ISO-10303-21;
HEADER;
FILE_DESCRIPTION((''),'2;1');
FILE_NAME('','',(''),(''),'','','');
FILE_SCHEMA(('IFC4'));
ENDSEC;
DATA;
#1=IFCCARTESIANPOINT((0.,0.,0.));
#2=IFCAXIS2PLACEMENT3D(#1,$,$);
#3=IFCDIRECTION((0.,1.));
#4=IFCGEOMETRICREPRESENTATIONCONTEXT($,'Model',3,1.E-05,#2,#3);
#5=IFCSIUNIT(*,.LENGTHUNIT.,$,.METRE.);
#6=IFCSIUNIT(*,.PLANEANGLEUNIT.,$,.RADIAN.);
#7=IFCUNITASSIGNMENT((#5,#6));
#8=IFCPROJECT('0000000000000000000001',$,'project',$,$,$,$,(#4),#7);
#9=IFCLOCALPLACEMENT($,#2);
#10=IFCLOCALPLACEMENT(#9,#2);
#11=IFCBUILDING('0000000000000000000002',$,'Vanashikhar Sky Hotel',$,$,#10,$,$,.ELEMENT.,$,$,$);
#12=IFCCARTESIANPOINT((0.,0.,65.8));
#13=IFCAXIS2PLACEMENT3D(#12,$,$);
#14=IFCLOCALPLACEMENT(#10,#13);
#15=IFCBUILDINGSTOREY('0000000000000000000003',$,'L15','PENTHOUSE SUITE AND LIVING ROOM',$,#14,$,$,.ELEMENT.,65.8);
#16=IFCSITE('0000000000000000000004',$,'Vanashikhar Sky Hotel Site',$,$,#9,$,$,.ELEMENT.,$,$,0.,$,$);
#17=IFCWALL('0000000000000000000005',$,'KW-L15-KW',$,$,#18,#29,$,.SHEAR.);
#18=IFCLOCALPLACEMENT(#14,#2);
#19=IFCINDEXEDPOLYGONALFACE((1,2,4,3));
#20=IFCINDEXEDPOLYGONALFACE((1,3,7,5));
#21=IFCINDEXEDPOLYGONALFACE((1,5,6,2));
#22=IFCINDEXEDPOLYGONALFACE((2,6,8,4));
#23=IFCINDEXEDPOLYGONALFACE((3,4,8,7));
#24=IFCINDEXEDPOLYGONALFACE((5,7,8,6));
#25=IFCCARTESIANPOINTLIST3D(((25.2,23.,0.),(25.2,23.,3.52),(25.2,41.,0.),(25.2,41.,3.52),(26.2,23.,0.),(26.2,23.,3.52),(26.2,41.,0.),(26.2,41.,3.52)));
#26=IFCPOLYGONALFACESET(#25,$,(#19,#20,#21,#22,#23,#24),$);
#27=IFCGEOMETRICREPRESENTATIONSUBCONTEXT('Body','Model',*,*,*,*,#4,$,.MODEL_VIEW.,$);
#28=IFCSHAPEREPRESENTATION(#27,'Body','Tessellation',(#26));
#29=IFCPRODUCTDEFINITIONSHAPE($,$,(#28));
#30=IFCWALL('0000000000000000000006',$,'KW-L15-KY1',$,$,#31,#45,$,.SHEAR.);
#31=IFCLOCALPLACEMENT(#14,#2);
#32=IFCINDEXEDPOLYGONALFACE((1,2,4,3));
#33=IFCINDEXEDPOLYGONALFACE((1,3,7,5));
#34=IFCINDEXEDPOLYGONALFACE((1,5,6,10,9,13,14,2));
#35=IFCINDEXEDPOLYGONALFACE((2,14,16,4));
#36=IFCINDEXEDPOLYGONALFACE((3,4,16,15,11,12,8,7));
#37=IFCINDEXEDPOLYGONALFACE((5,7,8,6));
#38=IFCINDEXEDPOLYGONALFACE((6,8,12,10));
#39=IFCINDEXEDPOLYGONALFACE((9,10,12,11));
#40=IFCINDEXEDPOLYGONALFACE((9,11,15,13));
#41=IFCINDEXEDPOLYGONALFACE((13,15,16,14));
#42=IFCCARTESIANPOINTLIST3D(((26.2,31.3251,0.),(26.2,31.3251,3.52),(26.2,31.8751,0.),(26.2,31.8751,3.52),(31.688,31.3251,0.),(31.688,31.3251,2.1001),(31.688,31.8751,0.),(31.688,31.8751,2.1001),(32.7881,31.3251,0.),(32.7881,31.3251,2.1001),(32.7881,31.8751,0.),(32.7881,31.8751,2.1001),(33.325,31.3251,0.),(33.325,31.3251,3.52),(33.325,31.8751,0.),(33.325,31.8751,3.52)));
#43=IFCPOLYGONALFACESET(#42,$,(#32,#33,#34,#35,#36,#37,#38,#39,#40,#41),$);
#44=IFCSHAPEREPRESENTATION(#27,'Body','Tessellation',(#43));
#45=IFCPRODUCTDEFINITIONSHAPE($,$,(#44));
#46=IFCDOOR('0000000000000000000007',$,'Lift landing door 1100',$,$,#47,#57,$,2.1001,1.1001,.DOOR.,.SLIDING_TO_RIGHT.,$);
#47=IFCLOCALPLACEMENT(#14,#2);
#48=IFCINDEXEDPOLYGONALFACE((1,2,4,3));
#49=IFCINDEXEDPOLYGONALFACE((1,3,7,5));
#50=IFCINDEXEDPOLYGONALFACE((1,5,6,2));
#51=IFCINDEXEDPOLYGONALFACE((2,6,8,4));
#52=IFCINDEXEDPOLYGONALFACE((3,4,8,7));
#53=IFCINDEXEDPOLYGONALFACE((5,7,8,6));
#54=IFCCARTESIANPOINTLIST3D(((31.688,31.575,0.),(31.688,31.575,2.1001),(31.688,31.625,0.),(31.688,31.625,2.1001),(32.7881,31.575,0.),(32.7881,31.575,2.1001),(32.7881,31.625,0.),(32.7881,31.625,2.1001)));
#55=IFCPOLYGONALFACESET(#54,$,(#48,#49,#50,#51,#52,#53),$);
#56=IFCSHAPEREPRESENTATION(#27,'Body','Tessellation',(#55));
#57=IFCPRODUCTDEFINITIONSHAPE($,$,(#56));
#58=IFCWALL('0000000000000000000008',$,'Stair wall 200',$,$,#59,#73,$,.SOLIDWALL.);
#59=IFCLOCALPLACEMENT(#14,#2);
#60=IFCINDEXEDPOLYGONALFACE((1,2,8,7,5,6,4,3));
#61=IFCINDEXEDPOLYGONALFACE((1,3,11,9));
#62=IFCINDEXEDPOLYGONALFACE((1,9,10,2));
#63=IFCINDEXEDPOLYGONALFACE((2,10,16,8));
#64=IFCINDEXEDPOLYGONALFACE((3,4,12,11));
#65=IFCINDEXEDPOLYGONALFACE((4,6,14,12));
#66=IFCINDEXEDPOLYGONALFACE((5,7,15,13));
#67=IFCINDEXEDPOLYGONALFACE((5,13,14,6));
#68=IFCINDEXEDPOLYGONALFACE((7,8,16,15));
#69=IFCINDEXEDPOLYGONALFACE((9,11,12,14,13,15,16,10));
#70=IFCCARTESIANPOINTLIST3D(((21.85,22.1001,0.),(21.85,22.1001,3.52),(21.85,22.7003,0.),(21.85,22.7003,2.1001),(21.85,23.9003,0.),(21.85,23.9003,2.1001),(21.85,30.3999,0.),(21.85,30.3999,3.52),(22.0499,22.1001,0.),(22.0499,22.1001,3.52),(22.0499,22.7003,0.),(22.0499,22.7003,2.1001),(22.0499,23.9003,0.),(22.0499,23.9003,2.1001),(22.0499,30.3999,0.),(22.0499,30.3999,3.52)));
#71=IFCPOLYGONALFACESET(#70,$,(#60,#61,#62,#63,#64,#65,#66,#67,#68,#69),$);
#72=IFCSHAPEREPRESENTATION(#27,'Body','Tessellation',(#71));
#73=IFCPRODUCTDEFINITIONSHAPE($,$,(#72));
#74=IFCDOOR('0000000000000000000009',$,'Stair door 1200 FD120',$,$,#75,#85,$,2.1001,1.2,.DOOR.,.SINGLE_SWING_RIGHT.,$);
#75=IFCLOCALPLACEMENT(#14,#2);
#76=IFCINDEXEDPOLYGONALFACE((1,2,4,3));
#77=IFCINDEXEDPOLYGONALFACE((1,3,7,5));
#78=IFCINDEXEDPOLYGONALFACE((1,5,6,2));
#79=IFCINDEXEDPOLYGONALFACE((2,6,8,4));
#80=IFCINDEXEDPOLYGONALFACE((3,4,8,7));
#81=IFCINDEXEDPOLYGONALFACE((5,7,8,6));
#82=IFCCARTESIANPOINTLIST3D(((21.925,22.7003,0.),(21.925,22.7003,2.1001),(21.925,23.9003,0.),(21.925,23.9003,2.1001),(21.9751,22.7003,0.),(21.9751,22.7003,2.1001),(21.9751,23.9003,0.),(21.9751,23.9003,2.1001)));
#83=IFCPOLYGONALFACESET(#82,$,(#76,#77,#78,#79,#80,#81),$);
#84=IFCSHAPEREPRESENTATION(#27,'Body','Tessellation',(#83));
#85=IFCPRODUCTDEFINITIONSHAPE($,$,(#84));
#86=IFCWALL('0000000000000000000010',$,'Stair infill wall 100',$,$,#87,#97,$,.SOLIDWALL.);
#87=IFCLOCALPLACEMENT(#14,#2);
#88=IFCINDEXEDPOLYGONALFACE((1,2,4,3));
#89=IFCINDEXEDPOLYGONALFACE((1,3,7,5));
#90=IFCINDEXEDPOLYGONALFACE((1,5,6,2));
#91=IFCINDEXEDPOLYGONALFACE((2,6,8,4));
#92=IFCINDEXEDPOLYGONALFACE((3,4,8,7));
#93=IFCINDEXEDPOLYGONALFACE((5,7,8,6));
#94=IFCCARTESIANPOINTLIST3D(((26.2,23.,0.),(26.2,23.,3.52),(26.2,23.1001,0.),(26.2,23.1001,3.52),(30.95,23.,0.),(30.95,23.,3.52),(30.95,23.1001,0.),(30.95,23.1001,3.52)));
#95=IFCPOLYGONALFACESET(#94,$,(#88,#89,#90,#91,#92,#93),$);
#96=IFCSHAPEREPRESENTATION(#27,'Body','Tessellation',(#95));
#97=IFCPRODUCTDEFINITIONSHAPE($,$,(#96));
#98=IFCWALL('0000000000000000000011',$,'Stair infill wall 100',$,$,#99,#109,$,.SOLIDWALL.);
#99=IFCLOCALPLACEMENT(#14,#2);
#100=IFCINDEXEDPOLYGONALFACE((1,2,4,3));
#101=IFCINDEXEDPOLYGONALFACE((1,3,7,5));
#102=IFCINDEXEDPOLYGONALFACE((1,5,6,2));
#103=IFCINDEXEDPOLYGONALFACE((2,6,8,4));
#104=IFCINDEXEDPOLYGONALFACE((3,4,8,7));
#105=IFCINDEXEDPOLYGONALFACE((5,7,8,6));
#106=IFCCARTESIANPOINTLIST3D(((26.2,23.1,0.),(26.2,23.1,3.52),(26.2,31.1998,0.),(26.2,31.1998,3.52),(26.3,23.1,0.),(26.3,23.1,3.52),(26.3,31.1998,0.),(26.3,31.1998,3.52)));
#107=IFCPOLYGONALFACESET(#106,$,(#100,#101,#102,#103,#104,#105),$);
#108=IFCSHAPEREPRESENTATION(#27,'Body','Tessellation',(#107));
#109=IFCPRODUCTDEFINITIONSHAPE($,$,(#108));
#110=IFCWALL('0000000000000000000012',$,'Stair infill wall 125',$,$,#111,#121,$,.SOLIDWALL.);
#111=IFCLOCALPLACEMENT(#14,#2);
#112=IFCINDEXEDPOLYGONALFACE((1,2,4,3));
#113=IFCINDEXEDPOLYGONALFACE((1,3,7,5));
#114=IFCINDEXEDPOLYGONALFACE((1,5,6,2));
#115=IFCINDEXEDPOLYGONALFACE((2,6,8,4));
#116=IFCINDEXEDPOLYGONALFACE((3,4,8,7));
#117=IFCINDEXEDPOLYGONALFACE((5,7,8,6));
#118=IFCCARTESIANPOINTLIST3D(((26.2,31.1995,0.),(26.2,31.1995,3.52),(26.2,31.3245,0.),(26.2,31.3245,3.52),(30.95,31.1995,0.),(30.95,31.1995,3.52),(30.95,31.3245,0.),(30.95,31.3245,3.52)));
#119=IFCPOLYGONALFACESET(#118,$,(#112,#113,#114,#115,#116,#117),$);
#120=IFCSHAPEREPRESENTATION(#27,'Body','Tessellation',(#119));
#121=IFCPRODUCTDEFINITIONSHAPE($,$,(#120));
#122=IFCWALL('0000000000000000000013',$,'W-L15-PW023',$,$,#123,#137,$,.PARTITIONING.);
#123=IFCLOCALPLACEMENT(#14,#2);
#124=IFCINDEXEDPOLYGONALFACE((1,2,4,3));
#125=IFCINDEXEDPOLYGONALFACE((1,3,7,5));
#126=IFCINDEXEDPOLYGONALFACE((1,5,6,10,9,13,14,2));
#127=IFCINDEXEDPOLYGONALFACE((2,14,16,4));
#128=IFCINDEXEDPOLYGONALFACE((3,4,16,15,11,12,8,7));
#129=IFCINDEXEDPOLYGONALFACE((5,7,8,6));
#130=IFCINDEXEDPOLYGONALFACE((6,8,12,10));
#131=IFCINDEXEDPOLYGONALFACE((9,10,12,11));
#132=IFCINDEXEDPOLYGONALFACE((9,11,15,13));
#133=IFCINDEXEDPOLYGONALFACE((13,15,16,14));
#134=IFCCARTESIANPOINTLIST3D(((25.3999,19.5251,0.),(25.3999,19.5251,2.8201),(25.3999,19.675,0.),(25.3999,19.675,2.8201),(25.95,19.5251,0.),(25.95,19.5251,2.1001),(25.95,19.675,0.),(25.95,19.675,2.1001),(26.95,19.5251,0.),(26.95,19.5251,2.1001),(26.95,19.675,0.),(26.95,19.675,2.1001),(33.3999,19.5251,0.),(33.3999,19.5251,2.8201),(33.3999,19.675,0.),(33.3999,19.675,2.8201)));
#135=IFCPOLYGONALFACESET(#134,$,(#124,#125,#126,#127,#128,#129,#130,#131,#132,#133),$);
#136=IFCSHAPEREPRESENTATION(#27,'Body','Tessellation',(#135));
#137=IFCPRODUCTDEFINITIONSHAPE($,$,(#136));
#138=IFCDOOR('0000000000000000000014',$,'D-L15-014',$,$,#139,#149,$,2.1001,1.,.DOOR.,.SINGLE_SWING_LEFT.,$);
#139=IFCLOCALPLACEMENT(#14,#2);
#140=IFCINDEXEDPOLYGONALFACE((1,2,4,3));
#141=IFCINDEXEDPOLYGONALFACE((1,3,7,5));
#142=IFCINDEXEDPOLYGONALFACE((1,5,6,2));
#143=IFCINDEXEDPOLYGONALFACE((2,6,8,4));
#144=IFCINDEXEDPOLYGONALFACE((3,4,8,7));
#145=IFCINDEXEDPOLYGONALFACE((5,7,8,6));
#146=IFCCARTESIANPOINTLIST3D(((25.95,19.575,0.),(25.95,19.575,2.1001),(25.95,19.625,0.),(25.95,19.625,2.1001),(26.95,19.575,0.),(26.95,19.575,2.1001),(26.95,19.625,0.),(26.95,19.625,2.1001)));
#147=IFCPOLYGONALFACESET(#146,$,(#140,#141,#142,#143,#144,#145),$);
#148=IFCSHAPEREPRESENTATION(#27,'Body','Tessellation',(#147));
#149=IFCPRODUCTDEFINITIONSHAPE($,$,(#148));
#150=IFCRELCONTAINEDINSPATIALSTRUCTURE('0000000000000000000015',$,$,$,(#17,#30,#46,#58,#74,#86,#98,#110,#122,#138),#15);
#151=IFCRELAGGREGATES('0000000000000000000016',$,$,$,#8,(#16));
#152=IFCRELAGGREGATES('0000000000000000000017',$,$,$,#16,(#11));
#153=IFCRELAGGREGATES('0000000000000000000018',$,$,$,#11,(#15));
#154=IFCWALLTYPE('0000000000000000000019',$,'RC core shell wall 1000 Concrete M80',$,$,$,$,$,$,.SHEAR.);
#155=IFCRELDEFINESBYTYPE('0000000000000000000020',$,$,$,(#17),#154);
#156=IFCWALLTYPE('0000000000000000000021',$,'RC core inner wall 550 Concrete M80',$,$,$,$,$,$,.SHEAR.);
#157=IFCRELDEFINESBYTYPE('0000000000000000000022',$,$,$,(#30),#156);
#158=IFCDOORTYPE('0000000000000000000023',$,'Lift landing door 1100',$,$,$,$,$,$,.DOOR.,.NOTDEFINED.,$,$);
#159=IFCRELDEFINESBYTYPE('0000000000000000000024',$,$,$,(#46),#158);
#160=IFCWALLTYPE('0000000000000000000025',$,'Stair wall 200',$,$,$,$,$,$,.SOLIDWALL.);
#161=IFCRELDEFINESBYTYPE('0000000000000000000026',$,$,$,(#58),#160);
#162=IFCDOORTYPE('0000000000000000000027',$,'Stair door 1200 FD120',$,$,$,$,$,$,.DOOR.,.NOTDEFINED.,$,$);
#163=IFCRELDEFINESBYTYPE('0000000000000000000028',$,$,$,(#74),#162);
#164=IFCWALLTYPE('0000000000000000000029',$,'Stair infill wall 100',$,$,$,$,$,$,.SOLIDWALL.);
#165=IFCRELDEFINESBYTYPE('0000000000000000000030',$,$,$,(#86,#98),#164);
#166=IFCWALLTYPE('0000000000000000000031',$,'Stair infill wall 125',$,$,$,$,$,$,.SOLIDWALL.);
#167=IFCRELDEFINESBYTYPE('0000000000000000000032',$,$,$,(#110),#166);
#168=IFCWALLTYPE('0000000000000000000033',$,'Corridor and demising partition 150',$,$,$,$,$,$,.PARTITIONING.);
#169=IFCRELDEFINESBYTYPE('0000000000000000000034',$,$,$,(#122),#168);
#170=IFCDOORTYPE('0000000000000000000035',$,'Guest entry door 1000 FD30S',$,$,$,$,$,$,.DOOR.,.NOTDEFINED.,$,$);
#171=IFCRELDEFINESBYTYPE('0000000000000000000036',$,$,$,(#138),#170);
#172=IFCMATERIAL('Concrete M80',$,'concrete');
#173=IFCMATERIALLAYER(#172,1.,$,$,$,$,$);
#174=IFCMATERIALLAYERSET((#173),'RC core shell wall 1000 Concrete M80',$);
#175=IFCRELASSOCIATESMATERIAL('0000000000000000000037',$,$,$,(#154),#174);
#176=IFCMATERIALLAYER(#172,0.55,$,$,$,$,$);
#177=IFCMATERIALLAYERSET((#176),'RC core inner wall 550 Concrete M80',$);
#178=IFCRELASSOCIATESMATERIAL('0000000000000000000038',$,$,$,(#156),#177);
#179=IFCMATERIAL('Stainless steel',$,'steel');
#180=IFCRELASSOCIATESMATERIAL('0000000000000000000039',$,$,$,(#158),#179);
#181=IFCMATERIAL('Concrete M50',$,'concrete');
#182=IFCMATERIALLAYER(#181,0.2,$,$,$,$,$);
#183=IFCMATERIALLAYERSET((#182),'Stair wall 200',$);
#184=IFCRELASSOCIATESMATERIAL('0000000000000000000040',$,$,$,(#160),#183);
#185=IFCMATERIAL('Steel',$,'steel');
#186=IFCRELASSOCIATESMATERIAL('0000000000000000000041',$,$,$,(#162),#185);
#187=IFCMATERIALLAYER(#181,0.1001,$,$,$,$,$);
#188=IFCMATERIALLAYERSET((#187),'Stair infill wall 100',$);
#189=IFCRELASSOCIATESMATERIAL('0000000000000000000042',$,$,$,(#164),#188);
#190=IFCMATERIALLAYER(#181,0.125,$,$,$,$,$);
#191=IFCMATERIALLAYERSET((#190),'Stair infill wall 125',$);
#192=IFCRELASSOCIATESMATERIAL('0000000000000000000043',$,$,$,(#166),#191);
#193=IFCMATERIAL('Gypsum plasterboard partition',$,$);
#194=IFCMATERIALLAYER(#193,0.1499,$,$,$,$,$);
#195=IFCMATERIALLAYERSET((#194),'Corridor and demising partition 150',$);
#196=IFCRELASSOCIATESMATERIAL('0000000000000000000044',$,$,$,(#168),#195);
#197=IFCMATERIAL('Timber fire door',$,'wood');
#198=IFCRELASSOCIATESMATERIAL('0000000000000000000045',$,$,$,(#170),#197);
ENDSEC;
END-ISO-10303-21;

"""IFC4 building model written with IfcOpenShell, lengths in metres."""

from ifc_helpers import new_model, si_unit, direction, frame, frame_2d, origin, place, context, subcontext, project, spatial, rectangle, extrude, source, transform, mapped, material, layer, layer_set, type_object, element, fill, save


model = new_model("IFC4")

# Units and contexts
model_context = context("Model", 3, precision=1e-05, world=origin(), true_north=direction((0.0, 1.0)))
body_context = subcontext(model_context, "Body", "Model", "MODEL_VIEW")
ifc_project = project(units=[si_unit("LENGTHUNIT", "METRE"), si_unit("PLANEANGLEUNIT", "RADIAN")], contexts=[model_context])

# Site, building, storey
site_placement = place(None, origin())
site = spatial("IfcSite", under=ifc_project, at=site_placement, Name="Vanashikhar Sky Hotel Site", CompositionType="ELEMENT", RefElevation=0.0)
building_placement = place(site_placement, origin())
building = spatial("IfcBuilding", under=site, at=building_placement, Name="Vanashikhar Sky Hotel", CompositionType="ELEMENT")
storey_placement = place(building_placement, frame((0.0, 0.0, 65.8)))
storey = spatial("IfcBuildingStorey", under=building, at=storey_placement, Name="L15", Description="PENTHOUSE SUITE AND LIVING ROOM", CompositionType="ELEMENT", Elevation=65.8)

# Shared definitions
ifc_material_1 = material(Name="Concrete M80", Category="concrete")
ifc_layer_1 = layer(ifc_material_1, 1.0)
ifc_layer_set_1 = layer_set([ifc_layer_1], Name="RC core shell wall 1000 Concrete M80")
wall_type_1 = type_object("IfcWallType", Name="RC core shell wall 1000 Concrete M80", PredefinedType="SHEAR", material=ifc_layer_set_1)
ifc_material_2 = material(Name="Steel", Category="steel")

# Wall
shared_shape_1 = source(origin(), body_context, "Body", "SweptSolid", [
    extrude(rectangle(XDim=18.0, YDim=1.0, at=frame_2d((9.0, 0.0))), origin(), (0.0, 0.0, 1.0), 3.52),
])
wall_1_placement = place(storey_placement, frame((25.7, 23.0, 0.0), z_axis=(0.0, 0.0, 1.0), x_axis=(0.0, 1.0, 0.0)))
element("IfcWall", 1, at=wall_1_placement, inside=storey, type_object=wall_type_1, Name="KW-L15-KW", PredefinedType="SHEAR", context=body_context, shape_type="MappedRepresentation", body=[
    mapped(shared_shape_1, transform((0.0, 0.0, 0.0), scale=1.0)),
])

# Walls, openings, doors
ifc_layer_2 = layer(ifc_material_1, 0.55)
ifc_layer_set_2 = layer_set([ifc_layer_2], Name="RC core inner wall 550 Concrete M80")
wall_type_2 = type_object("IfcWallType", Name="RC core inner wall 550 Concrete M80", PredefinedType="SHEAR", material=ifc_layer_set_2)
shared_shape_2 = source(origin(), body_context, "Body", "SweptSolid", [
    extrude(rectangle(XDim=7.125, YDim=0.55, at=frame_2d((3.5625, 0.0))), origin(), (0.0, 0.0, 1.0), 3.52),
])
wall_2_placement = place(storey_placement, frame((26.2, 31.6001, 0.0), z_axis=(0.0, 0.0, 1.0), x_axis=(1.0, 0.0, 0.0)))
wall_2 = element("IfcWall", 2, at=wall_2_placement, inside=storey, type_object=wall_type_2, Name="KW-L15-KY1", PredefinedType="SHEAR", context=body_context, shape_type="MappedRepresentation", body=[
    mapped(shared_shape_2, transform((0.0, 0.0, 0.0), scale=1.0)),
])
shared_shape_3 = source(origin(), body_context, "Body", "SweptSolid", [
    extrude(rectangle(XDim=1.1001, YDim=2.1001, at=frame_2d((0.55, 1.05))), frame((0.0, 0.2852, 0.0), z_axis=(0.0, -1.0, 0.0), x_axis=(1.0, 0.0, 0.0)), (0.0, 0.0, 1.0), 0.5701),
])
opening_1_placement = place(wall_2_placement, frame((5.488, 0.0, 0.0)))
opening_1 = element("IfcOpeningElement", 3, at=opening_1_placement, cuts=wall_2, PredefinedType="OPENING", context=body_context, shape_type="MappedRepresentation", body=[
    mapped(shared_shape_3, transform((0.0, 0.0, 0.0), scale=1.0)),
])
ifc_material_3 = material(Name="Stainless steel", Category="steel")
door_type_1 = type_object("IfcDoorType", Name="Lift landing door 1100", OperationType="NOTDEFINED", PredefinedType="DOOR", material=ifc_material_3)
shared_shape_4 = source(origin(), body_context, "Body", "SweptSolid", [
    extrude(rectangle(XDim=1.1001, YDim=2.1001, at=frame_2d((0.55, 1.05))), frame((0.0, 0.0249, 0.0), z_axis=(0.0, -1.0, 0.0), x_axis=(1.0, 0.0, 0.0)), (0.0, 0.0, 1.0), 0.05),
])
door_1_placement = place(opening_1_placement, origin())
door_1 = element("IfcDoor", 4, at=door_1_placement, inside=storey, type_object=door_type_1, Name="Lift landing door 1100", OperationType="SLIDING_TO_RIGHT", OverallHeight=2.1001, OverallWidth=1.1001, PredefinedType="DOOR", context=body_context, shape_type="MappedRepresentation", body=[
    mapped(shared_shape_4, transform((0.0, 0.0, 0.0), scale=1.0)),
])
fill(opening_1, door_1)
ifc_material_4 = material(Name="Concrete M50", Category="concrete")
ifc_layer_3 = layer(ifc_material_4, 0.2)
ifc_layer_set_3 = layer_set([ifc_layer_3], Name="Stair wall 200")
wall_type_3 = type_object("IfcWallType", Name="Stair wall 200", PredefinedType="SOLIDWALL", material=ifc_layer_set_3)
shared_shape_5 = source(origin(), body_context, "Body", "SweptSolid", [
    extrude(rectangle(XDim=8.2998, YDim=0.2, at=frame_2d((4.1499, 0.0))), origin(), (0.0, 0.0, 1.0), 3.52),
])
wall_3_placement = place(storey_placement, frame((21.95, 22.1001, 0.0), z_axis=(0.0, 0.0, 1.0), x_axis=(0.0, 1.0, 0.0)))
wall_3 = element("IfcWall", 5, at=wall_3_placement, inside=storey, type_object=wall_type_3, Name="Stair wall 200", PredefinedType="SOLIDWALL", context=body_context, shape_type="MappedRepresentation", body=[
    mapped(shared_shape_5, transform((0.0, 0.0, 0.0), scale=1.0)),
])
shared_shape_6 = source(origin(), body_context, "Body", "SweptSolid", [
    extrude(rectangle(XDim=1.2, YDim=2.1001, at=frame_2d((0.6001, 1.05))), frame((0.0, 0.1099, 0.0), z_axis=(0.0, -1.0, 0.0), x_axis=(1.0, 0.0, 0.0)), (0.0, 0.0, 1.0), 0.22),
])
opening_2_placement = place(wall_3_placement, frame((0.6001, 0.0, 0.0)))
opening_2 = element("IfcOpeningElement", 6, at=opening_2_placement, cuts=wall_3, PredefinedType="OPENING", context=body_context, shape_type="MappedRepresentation", body=[
    mapped(shared_shape_6, transform((0.0, 0.0, 0.0), scale=1.0)),
])
door_type_2 = type_object("IfcDoorType", Name="Stair door 1200 FD120", OperationType="NOTDEFINED", PredefinedType="DOOR", material=ifc_material_2)
shared_shape_7 = source(origin(), body_context, "Body", "SweptSolid", [
    extrude(rectangle(XDim=1.2, YDim=2.1001, at=frame_2d((0.6001, 1.05))), frame((0.0, 0.0249, 0.0), z_axis=(0.0, -1.0, 0.0), x_axis=(1.0, 0.0, 0.0)), (0.0, 0.0, 1.0), 0.05),
])
door_2_placement = place(opening_2_placement, origin())
door_2 = element("IfcDoor", 7, at=door_2_placement, inside=storey, type_object=door_type_2, Name="Stair door 1200 FD120", OperationType="SINGLE_SWING_RIGHT", OverallHeight=2.1001, OverallWidth=1.2, PredefinedType="DOOR", context=body_context, shape_type="MappedRepresentation", body=[
    mapped(shared_shape_7, transform((0.0, 0.0, 0.0), scale=1.0)),
])
fill(opening_2, door_2)

# Walls
ifc_layer_4 = layer(ifc_material_4, 0.1001)
ifc_layer_set_4 = layer_set([ifc_layer_4], Name="Stair infill wall 100")
wall_type_4 = type_object("IfcWallType", Name="Stair infill wall 100", PredefinedType="SOLIDWALL", material=ifc_layer_set_4)
shared_shape_8 = source(origin(), body_context, "Body", "SweptSolid", [
    extrude(rectangle(XDim=4.75, YDim=0.1001, at=frame_2d((2.375, 0.0))), origin(), (0.0, 0.0, 1.0), 3.52),
])
wall_4_placement = place(storey_placement, frame((26.2, 23.05, 0.0), z_axis=(0.0, 0.0, 1.0), x_axis=(1.0, 0.0, 0.0)))
element("IfcWall", 8, at=wall_4_placement, inside=storey, type_object=wall_type_4, Name="Stair infill wall 100", PredefinedType="SOLIDWALL", context=body_context, shape_type="MappedRepresentation", body=[
    mapped(shared_shape_8, transform((0.0, 0.0, 0.0), scale=1.0)),
])
shared_shape_9 = source(origin(), body_context, "Body", "SweptSolid", [
    extrude(rectangle(XDim=8.0999, YDim=0.1001, at=frame_2d((4.0498, 0.0))), origin(), (0.0, 0.0, 1.0), 3.52),
])
wall_5_placement = place(storey_placement, frame((26.25, 23.1001, 0.0), z_axis=(0.0, 0.0, 1.0), x_axis=(0.0, 1.0, 0.0)))
element("IfcWall", 9, at=wall_5_placement, inside=storey, type_object=wall_type_4, Name="Stair infill wall 100", PredefinedType="SOLIDWALL", context=body_context, shape_type="MappedRepresentation", body=[
    mapped(shared_shape_9, transform((0.0, 0.0, 0.0), scale=1.0)),
])
ifc_layer_5 = layer(ifc_material_4, 0.125)
ifc_layer_set_5 = layer_set([ifc_layer_5], Name="Stair infill wall 125")
wall_type_5 = type_object("IfcWallType", Name="Stair infill wall 125", PredefinedType="SOLIDWALL", material=ifc_layer_set_5)
shared_shape_10 = source(origin(), body_context, "Body", "SweptSolid", [
    extrude(rectangle(XDim=4.75, YDim=0.125, at=frame_2d((2.375, 0.0))), origin(), (0.0, 0.0, 1.0), 3.52),
])
wall_6_placement = place(storey_placement, frame((26.2, 31.262, 0.0), z_axis=(0.0, 0.0, 1.0), x_axis=(1.0, 0.0, 0.0)))
element("IfcWall", 10, at=wall_6_placement, inside=storey, type_object=wall_type_5, Name="Stair infill wall 125", PredefinedType="SOLIDWALL", context=body_context, shape_type="MappedRepresentation", body=[
    mapped(shared_shape_10, transform((0.0, 0.0, 0.0), scale=1.0)),
])

# Wall, opening, door
ifc_material_5 = material(Name="Gypsum plasterboard partition")
ifc_layer_6 = layer(ifc_material_5, 0.1499)
ifc_layer_set_6 = layer_set([ifc_layer_6], Name="Corridor and demising partition 150")
wall_type_6 = type_object("IfcWallType", Name="Corridor and demising partition 150", PredefinedType="PARTITIONING", material=ifc_layer_set_6)
shared_shape_11 = source(origin(), body_context, "Body", "SweptSolid", [
    extrude(rectangle(XDim=8.0, YDim=0.1499, at=frame_2d((4.0, 0.0))), origin(), (0.0, 0.0, 1.0), 2.8201),
])
wall_7_placement = place(storey_placement, frame((25.3999, 19.6001, 0.0), z_axis=(0.0, 0.0, 1.0), x_axis=(1.0, 0.0, 0.0)))
wall_7 = element("IfcWall", 11, at=wall_7_placement, inside=storey, type_object=wall_type_6, Name="W-L15-PW023", PredefinedType="PARTITIONING", context=body_context, shape_type="MappedRepresentation", body=[
    mapped(shared_shape_11, transform((0.0, 0.0, 0.0), scale=1.0)),
])
shared_shape_12 = source(origin(), body_context, "Body", "SweptSolid", [
    extrude(rectangle(XDim=1.0, YDim=2.1001, at=frame_2d((0.5, 1.05))), frame((0.0, 0.085, 0.0), z_axis=(0.0, -1.0, 0.0), x_axis=(1.0, 0.0, 0.0)), (0.0, 0.0, 1.0), 0.1699),
])
opening_3_placement = place(wall_7_placement, frame((0.55, 0.0, 0.0)))
opening_3 = element("IfcOpeningElement", 12, at=opening_3_placement, cuts=wall_7, PredefinedType="OPENING", context=body_context, shape_type="MappedRepresentation", body=[
    mapped(shared_shape_12, transform((0.0, 0.0, 0.0), scale=1.0)),
])
ifc_material_6 = material(Name="Timber fire door", Category="wood")
door_type_3 = type_object("IfcDoorType", Name="Guest entry door 1000 FD30S", OperationType="NOTDEFINED", PredefinedType="DOOR", material=ifc_material_6)
shared_shape_13 = source(origin(), body_context, "Body", "SweptSolid", [
    extrude(rectangle(XDim=1.0, YDim=2.1001, at=frame_2d((0.5, 1.05))), frame((0.0, 0.0249, 0.0), z_axis=(0.0, -1.0, 0.0), x_axis=(1.0, 0.0, 0.0)), (0.0, 0.0, 1.0), 0.05),
])
door_3_placement = place(opening_3_placement, origin())
door_3 = element("IfcDoor", 13, at=door_3_placement, inside=storey, type_object=door_type_3, Name="D-L15-014", OperationType="SINGLE_SWING_LEFT", OverallHeight=2.1001, OverallWidth=1.0, PredefinedType="DOOR", context=body_context, shape_type="MappedRepresentation", body=[
    mapped(shared_shape_13, transform((0.0, 0.0, 0.0), scale=1.0)),
])
fill(opening_3, door_3)

save(model, "model.ifc")
